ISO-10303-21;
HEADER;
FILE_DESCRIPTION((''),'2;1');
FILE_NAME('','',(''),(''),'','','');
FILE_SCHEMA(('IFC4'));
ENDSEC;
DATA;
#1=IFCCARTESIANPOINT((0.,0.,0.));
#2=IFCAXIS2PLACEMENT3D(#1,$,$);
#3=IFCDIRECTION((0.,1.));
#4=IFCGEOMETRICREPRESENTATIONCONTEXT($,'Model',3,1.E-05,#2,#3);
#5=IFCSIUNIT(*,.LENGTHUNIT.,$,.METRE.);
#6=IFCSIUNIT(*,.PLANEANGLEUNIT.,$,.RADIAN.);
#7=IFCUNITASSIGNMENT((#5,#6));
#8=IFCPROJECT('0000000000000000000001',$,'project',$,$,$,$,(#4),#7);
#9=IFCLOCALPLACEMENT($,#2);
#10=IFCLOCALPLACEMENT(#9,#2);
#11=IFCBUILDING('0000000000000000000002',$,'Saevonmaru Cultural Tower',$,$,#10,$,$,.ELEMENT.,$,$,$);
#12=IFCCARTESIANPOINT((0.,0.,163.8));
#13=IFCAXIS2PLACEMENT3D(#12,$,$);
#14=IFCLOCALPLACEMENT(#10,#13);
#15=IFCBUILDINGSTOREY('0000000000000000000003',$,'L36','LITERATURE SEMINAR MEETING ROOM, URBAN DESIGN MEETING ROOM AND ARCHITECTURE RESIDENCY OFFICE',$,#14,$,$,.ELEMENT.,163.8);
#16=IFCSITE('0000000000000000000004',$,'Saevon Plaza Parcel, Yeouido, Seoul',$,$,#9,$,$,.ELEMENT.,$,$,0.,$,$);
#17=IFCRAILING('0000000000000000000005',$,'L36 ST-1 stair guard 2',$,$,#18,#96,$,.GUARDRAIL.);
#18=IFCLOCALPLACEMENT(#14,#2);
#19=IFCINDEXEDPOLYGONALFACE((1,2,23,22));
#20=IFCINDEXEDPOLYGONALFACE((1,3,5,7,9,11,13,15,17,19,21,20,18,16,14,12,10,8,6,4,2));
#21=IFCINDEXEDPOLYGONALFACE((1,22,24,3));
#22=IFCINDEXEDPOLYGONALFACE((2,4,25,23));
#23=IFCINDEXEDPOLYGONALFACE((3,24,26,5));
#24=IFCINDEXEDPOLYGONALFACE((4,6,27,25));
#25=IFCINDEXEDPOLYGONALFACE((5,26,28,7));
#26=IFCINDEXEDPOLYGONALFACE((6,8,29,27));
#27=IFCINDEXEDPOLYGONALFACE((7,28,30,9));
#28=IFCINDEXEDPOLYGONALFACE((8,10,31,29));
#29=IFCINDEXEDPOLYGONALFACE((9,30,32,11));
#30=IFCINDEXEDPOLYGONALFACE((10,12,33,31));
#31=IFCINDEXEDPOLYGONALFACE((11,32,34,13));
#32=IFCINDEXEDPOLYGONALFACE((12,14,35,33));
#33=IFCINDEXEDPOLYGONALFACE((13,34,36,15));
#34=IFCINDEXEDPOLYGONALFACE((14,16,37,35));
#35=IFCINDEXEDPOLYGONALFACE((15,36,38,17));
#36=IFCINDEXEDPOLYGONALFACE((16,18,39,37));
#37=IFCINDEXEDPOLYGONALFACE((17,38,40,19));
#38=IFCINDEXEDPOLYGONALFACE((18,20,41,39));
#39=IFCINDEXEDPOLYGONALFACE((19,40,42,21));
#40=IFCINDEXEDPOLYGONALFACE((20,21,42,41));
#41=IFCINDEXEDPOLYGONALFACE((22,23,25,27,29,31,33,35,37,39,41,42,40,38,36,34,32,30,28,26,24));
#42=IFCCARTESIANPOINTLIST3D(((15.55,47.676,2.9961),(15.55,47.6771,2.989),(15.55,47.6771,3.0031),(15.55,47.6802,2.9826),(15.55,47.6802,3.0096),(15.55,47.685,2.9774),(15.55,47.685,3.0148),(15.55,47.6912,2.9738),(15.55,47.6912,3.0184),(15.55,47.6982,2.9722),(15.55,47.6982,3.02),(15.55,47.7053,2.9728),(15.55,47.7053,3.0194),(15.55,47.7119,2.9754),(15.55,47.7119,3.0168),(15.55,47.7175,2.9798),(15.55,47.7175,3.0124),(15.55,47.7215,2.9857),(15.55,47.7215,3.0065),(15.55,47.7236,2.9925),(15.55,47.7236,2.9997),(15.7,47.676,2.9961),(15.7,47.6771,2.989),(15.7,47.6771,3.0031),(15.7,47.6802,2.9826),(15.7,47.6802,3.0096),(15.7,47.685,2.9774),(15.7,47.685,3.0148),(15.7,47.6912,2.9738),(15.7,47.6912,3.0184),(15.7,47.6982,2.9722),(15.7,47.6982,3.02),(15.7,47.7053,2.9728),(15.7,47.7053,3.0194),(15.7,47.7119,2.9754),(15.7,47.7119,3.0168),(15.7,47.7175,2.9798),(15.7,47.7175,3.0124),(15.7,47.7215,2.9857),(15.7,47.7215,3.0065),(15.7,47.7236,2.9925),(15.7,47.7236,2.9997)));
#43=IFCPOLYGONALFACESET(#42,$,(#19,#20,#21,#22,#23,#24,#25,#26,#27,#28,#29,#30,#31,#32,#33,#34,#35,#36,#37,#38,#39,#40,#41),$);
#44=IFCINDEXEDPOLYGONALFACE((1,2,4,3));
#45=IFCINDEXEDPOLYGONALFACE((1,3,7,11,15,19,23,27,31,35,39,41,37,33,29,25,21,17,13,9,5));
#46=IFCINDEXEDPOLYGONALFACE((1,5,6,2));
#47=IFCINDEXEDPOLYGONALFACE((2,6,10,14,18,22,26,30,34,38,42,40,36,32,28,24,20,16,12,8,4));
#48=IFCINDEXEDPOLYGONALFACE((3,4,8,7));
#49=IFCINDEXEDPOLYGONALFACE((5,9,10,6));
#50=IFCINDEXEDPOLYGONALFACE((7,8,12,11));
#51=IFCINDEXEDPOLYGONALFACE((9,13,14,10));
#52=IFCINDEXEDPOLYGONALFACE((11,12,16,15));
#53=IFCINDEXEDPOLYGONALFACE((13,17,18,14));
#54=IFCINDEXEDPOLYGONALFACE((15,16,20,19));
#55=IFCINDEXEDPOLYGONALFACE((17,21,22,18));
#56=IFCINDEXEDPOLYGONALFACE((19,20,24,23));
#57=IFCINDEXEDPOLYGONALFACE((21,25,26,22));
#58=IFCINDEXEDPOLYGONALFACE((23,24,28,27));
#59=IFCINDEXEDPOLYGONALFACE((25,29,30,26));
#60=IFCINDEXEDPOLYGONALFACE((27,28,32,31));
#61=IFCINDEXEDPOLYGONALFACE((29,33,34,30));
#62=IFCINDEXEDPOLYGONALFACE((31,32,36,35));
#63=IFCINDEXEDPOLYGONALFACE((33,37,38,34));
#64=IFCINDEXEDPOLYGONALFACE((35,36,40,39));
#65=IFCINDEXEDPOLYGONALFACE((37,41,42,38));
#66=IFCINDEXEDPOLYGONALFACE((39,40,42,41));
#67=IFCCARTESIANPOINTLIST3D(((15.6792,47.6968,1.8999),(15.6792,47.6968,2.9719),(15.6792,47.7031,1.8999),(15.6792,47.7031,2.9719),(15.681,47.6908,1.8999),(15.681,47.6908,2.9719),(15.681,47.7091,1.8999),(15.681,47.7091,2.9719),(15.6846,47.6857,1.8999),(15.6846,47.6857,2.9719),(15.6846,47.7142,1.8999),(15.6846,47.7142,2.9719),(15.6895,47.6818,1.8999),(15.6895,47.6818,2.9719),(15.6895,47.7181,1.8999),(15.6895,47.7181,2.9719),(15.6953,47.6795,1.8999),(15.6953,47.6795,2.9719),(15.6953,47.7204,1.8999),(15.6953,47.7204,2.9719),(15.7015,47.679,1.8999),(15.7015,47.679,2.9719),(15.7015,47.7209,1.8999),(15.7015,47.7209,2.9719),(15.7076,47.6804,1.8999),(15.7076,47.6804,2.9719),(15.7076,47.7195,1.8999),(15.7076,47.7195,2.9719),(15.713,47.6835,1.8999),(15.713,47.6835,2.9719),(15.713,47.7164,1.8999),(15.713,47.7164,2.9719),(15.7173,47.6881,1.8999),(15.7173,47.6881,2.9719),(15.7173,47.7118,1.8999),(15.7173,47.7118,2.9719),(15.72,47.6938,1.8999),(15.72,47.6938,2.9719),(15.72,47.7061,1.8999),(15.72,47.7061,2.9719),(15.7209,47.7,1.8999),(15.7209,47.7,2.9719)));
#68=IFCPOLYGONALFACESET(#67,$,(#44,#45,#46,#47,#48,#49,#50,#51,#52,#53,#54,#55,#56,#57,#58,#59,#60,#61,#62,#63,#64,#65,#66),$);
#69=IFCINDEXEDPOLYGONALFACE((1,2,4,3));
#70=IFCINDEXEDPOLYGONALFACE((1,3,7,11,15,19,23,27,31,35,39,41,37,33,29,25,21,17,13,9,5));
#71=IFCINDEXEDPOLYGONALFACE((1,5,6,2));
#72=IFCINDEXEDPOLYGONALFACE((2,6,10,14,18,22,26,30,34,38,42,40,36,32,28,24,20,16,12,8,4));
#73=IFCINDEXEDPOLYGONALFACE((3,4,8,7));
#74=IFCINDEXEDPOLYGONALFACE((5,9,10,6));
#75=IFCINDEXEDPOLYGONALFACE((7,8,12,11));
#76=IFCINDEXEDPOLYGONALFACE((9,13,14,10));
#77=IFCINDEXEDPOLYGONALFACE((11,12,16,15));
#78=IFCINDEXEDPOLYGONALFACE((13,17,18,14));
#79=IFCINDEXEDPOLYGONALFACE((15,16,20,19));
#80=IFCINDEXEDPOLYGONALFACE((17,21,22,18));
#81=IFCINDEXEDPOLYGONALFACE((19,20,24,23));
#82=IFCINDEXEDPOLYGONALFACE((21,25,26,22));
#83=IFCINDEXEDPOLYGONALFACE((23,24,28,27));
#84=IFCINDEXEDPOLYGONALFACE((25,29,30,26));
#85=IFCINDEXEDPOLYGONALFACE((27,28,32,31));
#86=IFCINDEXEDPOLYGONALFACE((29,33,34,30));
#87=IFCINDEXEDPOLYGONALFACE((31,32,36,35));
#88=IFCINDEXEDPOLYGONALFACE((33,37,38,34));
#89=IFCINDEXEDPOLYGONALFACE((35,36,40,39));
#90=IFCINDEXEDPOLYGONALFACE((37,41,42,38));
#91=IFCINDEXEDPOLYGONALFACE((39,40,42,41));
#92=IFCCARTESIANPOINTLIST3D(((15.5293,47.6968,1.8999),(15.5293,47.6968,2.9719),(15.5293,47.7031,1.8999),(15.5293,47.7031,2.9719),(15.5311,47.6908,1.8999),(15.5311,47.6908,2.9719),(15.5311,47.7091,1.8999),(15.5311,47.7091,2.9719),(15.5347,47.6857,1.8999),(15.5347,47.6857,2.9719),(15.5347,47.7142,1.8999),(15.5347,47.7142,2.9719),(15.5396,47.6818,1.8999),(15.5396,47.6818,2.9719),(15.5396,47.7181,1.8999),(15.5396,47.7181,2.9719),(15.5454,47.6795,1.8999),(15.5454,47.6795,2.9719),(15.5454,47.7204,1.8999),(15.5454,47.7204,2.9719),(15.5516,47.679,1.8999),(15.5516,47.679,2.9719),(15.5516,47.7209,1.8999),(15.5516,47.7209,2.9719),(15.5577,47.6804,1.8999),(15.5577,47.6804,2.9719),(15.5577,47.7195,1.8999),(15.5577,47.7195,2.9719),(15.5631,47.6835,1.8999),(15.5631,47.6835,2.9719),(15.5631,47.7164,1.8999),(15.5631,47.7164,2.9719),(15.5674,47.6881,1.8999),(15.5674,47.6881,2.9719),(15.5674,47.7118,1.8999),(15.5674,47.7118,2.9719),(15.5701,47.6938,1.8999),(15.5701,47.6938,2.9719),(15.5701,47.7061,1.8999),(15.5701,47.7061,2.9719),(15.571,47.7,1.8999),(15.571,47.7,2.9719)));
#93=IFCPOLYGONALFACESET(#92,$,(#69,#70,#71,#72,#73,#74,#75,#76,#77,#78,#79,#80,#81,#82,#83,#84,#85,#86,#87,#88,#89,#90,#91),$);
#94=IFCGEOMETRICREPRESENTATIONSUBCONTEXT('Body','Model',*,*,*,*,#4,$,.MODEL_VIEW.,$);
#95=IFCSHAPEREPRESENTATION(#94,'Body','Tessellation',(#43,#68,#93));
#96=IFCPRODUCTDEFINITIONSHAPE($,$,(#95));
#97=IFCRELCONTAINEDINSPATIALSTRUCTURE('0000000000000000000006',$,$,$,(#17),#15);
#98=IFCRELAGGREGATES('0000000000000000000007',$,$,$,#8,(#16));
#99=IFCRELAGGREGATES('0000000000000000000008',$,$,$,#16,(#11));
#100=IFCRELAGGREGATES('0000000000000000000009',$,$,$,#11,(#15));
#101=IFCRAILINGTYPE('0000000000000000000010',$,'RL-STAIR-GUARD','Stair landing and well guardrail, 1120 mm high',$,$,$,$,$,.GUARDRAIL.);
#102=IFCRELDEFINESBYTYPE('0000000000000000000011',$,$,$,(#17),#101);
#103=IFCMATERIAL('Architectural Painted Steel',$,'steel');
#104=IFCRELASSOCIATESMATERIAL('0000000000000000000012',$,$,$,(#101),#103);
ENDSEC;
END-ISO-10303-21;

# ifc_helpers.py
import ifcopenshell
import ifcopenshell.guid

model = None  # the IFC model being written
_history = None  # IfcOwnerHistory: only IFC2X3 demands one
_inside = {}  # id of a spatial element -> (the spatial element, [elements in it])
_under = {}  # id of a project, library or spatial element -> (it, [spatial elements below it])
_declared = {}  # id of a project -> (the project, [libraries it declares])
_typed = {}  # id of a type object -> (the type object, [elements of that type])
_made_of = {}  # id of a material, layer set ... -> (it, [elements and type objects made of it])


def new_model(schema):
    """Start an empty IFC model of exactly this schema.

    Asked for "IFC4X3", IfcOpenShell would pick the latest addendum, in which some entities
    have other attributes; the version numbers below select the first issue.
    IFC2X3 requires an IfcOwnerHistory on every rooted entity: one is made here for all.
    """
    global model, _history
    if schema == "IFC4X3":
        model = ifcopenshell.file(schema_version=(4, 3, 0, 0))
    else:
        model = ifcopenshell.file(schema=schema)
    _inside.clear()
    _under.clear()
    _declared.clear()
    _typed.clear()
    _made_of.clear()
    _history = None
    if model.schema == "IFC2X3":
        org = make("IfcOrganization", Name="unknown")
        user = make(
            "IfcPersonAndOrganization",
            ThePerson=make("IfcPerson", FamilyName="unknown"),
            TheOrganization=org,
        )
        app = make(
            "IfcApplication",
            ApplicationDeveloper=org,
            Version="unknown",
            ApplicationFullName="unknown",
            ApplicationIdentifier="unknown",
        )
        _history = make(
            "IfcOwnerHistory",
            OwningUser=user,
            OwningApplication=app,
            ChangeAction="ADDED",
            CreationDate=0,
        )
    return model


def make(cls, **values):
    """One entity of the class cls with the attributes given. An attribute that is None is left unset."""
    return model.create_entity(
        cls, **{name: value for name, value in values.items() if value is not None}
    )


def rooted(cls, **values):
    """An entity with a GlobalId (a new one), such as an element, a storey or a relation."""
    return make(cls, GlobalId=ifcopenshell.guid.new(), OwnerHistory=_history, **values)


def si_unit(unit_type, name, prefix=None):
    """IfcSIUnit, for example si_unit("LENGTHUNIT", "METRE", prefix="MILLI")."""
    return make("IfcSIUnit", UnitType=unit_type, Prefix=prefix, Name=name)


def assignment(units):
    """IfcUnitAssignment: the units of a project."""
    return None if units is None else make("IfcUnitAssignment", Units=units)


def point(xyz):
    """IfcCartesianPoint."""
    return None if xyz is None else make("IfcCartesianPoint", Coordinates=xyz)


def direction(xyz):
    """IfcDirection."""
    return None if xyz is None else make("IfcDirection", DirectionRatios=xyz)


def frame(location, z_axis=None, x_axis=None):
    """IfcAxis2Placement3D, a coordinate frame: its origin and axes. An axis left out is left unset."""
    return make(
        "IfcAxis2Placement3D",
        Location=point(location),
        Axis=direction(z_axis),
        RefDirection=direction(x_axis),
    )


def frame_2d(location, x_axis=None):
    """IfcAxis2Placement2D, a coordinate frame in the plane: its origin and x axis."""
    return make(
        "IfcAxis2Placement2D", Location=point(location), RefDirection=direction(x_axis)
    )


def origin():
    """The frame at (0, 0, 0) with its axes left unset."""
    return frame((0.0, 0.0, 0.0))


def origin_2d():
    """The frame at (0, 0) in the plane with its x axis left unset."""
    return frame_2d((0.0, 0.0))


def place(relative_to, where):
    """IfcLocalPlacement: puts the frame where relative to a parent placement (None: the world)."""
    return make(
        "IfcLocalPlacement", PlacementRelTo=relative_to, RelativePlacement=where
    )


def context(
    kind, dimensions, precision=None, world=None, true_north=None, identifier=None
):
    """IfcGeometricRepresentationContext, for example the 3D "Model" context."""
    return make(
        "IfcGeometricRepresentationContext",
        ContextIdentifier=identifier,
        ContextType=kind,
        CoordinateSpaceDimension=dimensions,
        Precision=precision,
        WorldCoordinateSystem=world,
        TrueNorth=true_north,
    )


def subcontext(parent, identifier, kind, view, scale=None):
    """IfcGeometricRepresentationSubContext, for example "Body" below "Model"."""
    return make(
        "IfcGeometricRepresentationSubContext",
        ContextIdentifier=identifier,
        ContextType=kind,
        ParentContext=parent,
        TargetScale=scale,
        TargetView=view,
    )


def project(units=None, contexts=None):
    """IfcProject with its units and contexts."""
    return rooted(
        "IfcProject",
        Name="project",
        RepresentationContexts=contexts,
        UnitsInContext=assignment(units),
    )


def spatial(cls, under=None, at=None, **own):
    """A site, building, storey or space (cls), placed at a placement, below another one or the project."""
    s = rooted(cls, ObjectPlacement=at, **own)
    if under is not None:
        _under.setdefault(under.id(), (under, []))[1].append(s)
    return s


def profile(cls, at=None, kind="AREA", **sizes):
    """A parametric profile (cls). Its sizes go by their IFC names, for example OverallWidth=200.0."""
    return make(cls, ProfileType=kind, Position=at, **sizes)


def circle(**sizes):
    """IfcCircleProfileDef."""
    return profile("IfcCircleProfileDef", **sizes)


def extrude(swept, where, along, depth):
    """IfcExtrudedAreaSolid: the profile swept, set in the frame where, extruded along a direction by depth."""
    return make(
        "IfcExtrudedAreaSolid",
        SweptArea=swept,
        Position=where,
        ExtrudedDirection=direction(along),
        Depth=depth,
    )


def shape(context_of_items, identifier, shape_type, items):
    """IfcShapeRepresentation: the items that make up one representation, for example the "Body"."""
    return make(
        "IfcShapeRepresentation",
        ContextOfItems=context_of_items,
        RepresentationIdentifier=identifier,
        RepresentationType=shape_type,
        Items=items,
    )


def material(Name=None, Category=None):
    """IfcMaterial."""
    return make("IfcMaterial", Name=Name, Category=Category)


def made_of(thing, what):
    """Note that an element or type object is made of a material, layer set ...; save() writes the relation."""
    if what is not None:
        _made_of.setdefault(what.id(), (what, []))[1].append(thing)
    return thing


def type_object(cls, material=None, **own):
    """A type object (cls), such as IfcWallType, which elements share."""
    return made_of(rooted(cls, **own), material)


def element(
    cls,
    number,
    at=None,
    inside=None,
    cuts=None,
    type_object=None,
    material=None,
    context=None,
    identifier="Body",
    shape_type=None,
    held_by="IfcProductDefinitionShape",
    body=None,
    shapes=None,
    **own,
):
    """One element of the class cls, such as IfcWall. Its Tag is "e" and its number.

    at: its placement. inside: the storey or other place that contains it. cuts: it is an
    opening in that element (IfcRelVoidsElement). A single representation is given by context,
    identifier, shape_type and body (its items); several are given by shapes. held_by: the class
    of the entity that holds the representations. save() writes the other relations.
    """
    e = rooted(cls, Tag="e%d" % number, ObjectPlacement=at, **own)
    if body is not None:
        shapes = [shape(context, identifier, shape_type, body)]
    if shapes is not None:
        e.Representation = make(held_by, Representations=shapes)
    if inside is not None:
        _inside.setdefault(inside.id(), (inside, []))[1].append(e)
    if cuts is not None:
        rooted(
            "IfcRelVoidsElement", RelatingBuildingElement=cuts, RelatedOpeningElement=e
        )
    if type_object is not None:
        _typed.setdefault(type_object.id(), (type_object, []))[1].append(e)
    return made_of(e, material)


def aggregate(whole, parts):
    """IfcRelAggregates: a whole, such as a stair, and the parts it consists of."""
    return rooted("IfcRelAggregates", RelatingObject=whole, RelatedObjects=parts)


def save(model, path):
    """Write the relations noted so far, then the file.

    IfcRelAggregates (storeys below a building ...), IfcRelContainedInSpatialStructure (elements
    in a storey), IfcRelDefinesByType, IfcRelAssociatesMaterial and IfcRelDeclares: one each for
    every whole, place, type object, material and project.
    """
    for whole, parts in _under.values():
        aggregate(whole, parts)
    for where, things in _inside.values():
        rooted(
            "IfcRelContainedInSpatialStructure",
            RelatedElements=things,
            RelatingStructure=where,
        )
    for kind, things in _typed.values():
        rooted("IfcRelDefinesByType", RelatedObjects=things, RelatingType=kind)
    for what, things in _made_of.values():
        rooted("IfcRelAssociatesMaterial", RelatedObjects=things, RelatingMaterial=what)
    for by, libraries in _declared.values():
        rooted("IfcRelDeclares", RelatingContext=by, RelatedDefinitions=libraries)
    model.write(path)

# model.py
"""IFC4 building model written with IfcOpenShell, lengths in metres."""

from ifc_helpers import new_model, si_unit, direction, frame, origin, origin_2d, place, context, subcontext, project, spatial, circle, extrude, material, type_object, element, save


model = new_model("IFC4")

# Units and contexts
model_context = context("Model", 3, precision=1e-05, world=origin(), true_north=direction((0.0, 1.0)))
body_context = subcontext(model_context, "Body", "Model", "MODEL_VIEW")
ifc_project = project(units=[si_unit("LENGTHUNIT", "METRE"), si_unit("PLANEANGLEUNIT", "RADIAN")], contexts=[model_context])

# Site, building, storey
site_placement = place(None, origin())
site = spatial("IfcSite", under=ifc_project, at=site_placement, Name="Saevon Plaza Parcel, Yeouido, Seoul", CompositionType="ELEMENT", RefElevation=0.0)
building_placement = place(site_placement, origin())
building = spatial("IfcBuilding", under=site, at=building_placement, Name="Saevonmaru Cultural Tower", CompositionType="ELEMENT")
storey_placement = place(building_placement, frame((0.0, 0.0, 163.8)))
storey = spatial("IfcBuildingStorey", under=building, at=storey_placement, Name="L36", Description="LITERATURE SEMINAR MEETING ROOM, URBAN DESIGN MEETING ROOM AND ARCHITECTURE RESIDENCY OFFICE", CompositionType="ELEMENT", Elevation=163.8)

# Railing
ifc_material_1 = material(Name="Architectural Painted Steel", Category="steel")
railing_type_1 = type_object("IfcRailingType", Name="RL-STAIR-GUARD", Description="Stair landing and well guardrail, 1120 mm high", PredefinedType="GUARDRAIL", material=ifc_material_1)
railing_1_placement = place(storey_placement, frame((15.7, 47.7, 1.8999)))
element("IfcRailing", 1, at=railing_1_placement, inside=storey, type_object=railing_type_1, Name="L36 ST-1 stair guard 2", PredefinedType="GUARDRAIL", context=body_context, shape_type="SweptSolid", body=[
    extrude(circle(Radius=0.0239, at=origin_2d()), frame((0.0, 0.0, 1.0962), z_axis=(-1.0, 0.0, 0.0), x_axis=(0.0, -1.0, 0.0)), (0.0, 0.0, 1.0), 0.1499),
    extrude(circle(Radius=0.021, at=origin_2d()), origin(), (0.0, 0.0, 1.0), 1.072),
    extrude(circle(Radius=0.021, at=origin_2d()), frame((-0.1499, 0.0, 0.0)), (0.0, 0.0, 1.0), 1.072),
])

save(model, "model.ifc")
